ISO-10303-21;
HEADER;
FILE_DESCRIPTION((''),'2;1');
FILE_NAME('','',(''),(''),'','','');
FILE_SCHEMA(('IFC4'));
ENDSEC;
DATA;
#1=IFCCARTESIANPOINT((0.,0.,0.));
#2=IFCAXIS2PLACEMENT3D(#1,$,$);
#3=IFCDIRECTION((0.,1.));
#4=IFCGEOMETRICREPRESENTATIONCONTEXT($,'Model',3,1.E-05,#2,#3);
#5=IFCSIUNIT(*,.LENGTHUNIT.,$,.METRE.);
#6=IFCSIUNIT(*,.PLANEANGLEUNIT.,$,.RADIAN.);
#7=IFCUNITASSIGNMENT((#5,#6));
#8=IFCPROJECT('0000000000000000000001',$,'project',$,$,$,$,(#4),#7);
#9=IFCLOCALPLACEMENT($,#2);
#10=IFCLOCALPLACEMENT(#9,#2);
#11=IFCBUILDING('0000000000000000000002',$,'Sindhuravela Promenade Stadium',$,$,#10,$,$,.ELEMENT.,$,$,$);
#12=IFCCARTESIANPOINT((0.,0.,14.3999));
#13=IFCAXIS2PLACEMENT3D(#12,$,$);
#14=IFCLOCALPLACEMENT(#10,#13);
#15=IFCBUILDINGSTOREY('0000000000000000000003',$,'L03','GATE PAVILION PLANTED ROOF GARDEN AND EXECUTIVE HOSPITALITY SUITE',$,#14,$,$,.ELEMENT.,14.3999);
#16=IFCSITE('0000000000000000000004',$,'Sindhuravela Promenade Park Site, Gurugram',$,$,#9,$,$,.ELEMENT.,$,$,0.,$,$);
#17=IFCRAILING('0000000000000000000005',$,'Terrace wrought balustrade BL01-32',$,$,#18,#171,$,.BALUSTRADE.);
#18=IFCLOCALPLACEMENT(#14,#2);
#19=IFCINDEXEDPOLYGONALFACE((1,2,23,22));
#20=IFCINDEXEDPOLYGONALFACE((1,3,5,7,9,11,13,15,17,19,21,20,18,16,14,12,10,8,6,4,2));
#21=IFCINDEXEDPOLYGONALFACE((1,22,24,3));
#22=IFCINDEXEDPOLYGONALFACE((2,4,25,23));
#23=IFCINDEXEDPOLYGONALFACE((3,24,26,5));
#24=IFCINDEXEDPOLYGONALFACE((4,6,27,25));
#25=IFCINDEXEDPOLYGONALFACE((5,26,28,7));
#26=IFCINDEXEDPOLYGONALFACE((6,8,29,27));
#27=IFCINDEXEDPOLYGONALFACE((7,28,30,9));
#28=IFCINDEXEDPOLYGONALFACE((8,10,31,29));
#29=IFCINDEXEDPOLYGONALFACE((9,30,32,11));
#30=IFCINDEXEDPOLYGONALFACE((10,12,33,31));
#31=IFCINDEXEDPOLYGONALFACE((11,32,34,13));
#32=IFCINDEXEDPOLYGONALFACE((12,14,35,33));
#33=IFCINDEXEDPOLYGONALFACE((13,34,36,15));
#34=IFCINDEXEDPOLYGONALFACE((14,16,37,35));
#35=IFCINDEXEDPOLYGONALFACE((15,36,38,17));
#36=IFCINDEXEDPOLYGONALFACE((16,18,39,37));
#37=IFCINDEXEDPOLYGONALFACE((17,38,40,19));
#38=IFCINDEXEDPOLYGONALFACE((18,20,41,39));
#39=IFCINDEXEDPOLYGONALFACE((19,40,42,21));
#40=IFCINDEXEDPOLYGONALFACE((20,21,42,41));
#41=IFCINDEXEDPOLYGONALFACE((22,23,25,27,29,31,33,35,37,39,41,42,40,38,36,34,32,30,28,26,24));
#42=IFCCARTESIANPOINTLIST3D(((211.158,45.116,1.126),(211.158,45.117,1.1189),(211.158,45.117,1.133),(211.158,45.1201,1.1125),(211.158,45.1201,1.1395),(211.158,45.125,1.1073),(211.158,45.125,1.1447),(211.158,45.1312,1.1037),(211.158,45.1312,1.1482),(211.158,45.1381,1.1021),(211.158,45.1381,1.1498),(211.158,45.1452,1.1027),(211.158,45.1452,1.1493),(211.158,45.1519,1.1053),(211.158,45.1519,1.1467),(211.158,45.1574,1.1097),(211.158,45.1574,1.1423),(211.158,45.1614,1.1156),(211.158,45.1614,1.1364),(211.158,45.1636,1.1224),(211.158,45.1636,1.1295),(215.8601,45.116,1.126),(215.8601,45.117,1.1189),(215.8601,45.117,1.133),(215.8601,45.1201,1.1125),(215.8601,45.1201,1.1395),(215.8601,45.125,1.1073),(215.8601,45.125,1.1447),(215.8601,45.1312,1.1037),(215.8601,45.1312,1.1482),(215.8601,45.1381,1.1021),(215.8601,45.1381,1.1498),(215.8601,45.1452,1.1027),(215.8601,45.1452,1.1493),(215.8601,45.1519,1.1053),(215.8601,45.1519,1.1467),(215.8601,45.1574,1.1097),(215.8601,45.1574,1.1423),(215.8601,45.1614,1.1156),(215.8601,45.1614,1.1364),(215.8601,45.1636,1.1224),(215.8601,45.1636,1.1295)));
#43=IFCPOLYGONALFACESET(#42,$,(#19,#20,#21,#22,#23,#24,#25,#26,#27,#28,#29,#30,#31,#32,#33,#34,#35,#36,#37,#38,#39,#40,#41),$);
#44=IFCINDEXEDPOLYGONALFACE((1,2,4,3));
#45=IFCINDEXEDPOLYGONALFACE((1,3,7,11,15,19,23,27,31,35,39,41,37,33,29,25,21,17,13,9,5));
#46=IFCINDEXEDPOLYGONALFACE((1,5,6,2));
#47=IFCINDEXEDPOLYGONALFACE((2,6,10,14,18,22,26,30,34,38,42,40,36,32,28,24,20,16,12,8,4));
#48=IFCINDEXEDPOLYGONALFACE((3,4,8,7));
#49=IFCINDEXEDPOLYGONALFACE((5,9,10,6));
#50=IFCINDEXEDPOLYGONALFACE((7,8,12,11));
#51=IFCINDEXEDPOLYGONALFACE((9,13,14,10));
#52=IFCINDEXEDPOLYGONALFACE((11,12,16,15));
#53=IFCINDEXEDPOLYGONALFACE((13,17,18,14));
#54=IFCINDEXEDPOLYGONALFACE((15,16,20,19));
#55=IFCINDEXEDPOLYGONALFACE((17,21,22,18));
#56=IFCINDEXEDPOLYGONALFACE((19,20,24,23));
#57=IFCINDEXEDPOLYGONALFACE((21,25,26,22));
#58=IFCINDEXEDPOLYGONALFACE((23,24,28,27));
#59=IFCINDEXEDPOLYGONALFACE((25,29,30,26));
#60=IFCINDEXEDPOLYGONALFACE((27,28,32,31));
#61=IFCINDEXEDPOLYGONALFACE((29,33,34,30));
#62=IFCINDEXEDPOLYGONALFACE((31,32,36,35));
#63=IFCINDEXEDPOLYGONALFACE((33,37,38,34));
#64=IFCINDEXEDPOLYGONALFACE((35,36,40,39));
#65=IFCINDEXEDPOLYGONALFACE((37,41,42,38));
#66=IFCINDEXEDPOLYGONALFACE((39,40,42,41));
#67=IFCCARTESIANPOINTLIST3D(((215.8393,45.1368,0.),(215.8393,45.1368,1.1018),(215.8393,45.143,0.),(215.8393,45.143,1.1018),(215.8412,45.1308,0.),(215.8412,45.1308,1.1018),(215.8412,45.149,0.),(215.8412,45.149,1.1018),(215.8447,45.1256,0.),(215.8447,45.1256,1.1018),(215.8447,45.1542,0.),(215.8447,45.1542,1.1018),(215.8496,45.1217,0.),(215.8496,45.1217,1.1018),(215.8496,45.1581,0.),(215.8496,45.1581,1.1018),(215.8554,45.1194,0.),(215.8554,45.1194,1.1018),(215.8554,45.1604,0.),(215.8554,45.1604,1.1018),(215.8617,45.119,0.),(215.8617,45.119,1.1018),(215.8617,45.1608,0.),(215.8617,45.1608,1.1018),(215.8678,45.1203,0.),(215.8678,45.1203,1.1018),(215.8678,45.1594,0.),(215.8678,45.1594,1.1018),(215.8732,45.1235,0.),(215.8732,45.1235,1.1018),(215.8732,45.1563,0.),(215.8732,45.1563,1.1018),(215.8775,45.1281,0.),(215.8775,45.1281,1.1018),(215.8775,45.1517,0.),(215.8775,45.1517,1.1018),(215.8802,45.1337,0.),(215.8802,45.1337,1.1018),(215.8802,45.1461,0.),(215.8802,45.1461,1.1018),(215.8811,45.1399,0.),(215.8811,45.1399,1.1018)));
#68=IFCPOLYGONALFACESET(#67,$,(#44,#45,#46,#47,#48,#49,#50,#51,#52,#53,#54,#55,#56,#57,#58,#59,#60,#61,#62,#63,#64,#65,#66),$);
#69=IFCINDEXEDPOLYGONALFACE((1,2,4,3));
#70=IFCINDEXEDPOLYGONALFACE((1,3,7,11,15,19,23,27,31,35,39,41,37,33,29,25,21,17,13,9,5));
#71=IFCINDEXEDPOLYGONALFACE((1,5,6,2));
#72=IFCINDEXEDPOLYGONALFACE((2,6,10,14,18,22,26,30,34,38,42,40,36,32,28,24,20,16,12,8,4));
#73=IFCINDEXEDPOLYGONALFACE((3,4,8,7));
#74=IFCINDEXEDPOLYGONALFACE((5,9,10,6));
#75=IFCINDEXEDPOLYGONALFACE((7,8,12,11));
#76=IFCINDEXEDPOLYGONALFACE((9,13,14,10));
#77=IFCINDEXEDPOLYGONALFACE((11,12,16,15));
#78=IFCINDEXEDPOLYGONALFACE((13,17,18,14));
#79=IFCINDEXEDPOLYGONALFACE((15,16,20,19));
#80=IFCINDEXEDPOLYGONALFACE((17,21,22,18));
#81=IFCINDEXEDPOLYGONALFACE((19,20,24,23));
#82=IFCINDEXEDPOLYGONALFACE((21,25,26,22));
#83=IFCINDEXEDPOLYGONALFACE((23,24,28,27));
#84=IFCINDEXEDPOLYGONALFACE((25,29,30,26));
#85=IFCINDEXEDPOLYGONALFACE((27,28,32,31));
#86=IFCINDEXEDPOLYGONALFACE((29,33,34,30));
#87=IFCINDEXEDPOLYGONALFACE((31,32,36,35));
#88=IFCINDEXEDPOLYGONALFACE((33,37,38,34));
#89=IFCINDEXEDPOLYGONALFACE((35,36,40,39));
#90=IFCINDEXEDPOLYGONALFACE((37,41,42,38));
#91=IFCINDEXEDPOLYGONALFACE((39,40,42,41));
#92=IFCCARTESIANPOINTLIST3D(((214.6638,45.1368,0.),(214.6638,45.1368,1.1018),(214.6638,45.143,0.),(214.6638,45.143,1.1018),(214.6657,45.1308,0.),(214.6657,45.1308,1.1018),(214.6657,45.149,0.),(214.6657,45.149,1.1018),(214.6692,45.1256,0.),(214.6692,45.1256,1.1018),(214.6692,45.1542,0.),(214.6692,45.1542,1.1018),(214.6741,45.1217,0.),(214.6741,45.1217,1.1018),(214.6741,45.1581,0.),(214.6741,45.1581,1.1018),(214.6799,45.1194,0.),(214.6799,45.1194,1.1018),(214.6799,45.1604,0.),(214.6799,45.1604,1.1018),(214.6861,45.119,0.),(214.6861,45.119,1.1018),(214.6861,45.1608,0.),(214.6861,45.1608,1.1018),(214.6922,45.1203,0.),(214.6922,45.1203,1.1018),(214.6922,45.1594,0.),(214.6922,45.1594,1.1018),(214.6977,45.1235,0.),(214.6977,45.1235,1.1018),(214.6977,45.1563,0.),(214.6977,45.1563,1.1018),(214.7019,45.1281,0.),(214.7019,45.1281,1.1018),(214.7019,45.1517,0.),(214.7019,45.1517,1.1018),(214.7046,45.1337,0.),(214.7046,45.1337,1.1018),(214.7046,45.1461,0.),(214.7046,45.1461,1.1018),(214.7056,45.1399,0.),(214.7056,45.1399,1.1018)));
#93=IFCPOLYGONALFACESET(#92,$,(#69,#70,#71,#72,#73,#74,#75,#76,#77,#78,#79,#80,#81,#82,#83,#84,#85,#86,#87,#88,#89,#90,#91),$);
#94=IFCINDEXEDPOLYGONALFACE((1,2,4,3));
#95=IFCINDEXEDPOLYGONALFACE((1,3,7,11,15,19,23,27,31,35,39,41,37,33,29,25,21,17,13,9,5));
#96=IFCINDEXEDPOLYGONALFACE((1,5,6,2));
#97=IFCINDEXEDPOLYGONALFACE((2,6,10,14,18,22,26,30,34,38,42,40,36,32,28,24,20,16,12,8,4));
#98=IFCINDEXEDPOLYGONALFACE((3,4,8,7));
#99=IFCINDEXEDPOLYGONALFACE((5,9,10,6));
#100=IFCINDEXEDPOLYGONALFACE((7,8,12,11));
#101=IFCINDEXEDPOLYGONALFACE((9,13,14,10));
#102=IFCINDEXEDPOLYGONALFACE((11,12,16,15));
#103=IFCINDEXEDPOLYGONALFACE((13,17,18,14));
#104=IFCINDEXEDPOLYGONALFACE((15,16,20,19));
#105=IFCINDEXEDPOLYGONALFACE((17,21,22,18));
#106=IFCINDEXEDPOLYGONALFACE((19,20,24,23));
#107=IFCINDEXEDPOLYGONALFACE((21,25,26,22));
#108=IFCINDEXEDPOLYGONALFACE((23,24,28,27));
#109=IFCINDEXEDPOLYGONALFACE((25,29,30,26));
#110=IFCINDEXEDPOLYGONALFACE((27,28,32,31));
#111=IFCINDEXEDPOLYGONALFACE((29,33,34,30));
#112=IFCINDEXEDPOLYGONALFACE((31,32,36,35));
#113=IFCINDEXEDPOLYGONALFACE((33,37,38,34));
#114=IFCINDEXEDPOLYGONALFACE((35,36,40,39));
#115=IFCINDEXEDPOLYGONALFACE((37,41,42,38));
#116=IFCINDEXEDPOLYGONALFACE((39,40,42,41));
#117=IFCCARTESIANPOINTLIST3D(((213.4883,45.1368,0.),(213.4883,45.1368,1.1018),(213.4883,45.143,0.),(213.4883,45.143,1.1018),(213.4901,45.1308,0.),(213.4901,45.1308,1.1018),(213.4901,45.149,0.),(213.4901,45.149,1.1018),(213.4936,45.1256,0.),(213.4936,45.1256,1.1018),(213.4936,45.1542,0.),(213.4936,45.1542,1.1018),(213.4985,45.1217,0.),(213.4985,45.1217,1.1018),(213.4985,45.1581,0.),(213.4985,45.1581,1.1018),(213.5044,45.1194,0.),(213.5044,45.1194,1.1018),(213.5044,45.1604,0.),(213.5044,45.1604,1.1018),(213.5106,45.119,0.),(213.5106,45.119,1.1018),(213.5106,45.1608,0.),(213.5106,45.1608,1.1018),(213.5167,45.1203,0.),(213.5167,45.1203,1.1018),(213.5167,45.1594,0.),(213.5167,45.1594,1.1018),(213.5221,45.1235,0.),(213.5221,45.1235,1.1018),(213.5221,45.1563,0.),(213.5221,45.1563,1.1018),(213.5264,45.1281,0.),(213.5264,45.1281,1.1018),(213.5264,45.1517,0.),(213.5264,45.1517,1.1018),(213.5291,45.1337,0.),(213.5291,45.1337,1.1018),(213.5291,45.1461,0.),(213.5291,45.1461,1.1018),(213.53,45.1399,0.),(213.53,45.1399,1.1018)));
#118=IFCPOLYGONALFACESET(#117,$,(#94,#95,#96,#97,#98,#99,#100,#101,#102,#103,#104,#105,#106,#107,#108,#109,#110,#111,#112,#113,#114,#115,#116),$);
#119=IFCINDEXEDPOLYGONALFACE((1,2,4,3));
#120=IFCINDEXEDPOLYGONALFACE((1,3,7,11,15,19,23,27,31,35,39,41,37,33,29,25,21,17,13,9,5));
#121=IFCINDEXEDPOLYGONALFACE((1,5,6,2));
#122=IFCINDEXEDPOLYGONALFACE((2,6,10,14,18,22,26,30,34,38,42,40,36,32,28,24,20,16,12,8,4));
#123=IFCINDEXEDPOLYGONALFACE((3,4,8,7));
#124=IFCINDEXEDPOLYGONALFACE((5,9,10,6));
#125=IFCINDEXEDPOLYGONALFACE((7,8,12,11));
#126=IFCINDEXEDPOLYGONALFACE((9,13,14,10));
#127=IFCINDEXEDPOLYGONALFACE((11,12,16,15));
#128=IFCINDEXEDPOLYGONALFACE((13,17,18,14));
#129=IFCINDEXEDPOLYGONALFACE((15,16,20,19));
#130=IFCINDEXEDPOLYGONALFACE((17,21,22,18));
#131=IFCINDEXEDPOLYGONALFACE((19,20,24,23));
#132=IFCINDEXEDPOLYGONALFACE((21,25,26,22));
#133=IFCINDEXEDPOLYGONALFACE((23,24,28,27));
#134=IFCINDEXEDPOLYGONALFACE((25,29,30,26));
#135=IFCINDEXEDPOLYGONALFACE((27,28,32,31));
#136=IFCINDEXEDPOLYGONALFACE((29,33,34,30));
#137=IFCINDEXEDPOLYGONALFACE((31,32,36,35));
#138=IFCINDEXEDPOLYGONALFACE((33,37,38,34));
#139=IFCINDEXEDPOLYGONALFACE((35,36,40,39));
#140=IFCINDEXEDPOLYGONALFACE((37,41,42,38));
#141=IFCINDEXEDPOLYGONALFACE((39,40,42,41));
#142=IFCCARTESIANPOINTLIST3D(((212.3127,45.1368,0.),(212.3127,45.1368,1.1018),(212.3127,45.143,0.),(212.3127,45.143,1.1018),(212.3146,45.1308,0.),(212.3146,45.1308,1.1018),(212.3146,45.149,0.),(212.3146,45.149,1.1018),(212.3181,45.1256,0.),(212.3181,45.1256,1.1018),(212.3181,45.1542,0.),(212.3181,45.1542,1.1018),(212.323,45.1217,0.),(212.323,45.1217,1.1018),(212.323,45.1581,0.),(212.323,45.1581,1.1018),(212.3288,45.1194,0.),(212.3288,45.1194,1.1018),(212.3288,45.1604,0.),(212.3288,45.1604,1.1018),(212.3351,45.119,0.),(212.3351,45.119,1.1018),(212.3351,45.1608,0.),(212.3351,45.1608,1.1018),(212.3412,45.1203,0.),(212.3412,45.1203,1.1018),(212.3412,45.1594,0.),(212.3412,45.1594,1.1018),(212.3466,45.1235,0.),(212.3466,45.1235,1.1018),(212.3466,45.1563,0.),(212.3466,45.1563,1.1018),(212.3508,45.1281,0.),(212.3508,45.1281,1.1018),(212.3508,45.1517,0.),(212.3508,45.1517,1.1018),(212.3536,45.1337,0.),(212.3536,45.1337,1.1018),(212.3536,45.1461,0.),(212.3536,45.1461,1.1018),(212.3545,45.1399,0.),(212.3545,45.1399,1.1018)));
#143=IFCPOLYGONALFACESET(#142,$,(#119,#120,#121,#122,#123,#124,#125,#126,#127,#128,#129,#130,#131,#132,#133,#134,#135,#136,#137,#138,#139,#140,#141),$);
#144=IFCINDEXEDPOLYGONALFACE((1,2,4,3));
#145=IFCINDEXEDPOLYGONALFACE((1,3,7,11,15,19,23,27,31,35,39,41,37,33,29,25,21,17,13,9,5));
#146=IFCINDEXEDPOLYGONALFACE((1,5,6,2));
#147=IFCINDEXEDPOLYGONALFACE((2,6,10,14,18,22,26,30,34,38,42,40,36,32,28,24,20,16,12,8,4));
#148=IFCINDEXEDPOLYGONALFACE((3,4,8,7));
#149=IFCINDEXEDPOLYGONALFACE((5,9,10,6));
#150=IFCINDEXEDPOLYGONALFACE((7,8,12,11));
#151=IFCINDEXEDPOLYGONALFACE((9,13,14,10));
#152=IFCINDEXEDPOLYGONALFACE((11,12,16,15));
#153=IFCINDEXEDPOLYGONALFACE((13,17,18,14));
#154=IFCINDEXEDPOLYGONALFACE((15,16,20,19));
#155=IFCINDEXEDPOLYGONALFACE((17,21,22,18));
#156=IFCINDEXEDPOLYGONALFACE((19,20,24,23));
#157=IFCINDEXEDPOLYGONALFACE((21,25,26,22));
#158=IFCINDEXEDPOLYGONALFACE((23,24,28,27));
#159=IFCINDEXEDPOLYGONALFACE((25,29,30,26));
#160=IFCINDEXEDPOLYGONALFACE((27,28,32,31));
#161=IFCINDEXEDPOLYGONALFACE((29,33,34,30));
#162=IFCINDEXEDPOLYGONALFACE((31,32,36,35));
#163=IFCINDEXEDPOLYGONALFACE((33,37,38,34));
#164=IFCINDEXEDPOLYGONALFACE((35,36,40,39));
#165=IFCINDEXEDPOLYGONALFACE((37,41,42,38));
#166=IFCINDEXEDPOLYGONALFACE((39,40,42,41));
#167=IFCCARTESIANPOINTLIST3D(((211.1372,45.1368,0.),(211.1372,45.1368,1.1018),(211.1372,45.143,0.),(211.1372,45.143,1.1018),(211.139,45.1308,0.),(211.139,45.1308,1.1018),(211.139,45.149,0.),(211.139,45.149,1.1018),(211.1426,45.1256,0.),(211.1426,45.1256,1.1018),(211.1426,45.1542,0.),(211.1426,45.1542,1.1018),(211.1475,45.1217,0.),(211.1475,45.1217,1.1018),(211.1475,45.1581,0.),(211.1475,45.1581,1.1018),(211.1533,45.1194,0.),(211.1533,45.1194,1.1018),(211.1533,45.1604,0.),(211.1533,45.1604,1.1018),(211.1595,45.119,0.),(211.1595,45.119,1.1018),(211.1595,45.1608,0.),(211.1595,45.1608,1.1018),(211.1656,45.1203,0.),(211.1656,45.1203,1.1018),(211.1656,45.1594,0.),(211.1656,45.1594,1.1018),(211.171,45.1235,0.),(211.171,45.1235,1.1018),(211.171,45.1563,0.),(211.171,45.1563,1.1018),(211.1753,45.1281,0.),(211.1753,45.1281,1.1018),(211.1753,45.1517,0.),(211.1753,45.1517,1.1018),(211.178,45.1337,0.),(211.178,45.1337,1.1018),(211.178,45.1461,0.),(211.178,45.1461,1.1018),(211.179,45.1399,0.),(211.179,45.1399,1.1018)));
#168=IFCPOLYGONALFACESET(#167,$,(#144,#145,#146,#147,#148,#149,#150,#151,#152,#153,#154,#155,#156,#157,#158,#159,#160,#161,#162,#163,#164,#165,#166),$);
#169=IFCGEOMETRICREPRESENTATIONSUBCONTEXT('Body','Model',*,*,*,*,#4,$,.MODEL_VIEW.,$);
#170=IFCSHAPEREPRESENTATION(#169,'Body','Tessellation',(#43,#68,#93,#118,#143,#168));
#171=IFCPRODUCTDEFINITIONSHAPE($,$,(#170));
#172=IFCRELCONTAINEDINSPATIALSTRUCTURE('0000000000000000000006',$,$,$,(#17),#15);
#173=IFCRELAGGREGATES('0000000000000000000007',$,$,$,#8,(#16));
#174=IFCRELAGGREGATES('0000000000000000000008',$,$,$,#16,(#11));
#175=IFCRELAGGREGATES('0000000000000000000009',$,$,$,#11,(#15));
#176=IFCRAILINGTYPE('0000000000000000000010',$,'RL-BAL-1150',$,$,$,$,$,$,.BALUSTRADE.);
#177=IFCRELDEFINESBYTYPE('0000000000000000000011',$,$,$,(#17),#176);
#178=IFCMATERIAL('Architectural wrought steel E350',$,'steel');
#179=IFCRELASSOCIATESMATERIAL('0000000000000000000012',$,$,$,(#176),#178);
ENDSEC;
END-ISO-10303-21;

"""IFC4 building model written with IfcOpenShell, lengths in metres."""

from ifc_helpers import new_model, si_unit, direction, frame, origin, origin_2d, place, context, subcontext, project, spatial, circle, extrude, material, type_object, element, save


model = new_model("IFC4")

# Units and contexts
model_context = context("Model", 3, precision=1e-05, world=origin(), true_north=direction((0.0, 1.0)))
body_context = subcontext(model_context, "Body", "Model", "MODEL_VIEW")
ifc_project = project(units=[si_unit("LENGTHUNIT", "METRE"), si_unit("PLANEANGLEUNIT", "RADIAN")], contexts=[model_context])

# Site, building, storey
site_placement = place(None, origin())
site = spatial("IfcSite", under=ifc_project, at=site_placement, Name="Sindhuravela Promenade Park Site, Gurugram", CompositionType="ELEMENT", RefElevation=0.0)
building_placement = place(site_placement, origin())
building = spatial("IfcBuilding", under=site, at=building_placement, Name="Sindhuravela Promenade Stadium", CompositionType="ELEMENT")
storey_placement = place(building_placement, frame((0.0, 0.0, 14.3999)))
storey = spatial("IfcBuildingStorey", under=building, at=storey_placement, Name="L03", Description="GATE PAVILION PLANTED ROOF GARDEN AND EXECUTIVE HOSPITALITY SUITE", CompositionType="ELEMENT", Elevation=14.3999)

# Railing
ifc_material_1 = material(Name="Architectural wrought steel E350", Category="steel")
railing_type = type_object("IfcRailingType", Name="RL-BAL-1150", PredefinedType="BALUSTRADE", material=ifc_material_1)
railing_1_placement = place(storey_placement, frame((215.8601, 45.1399, 0.0)))
element("IfcRailing", 1, at=railing_1_placement, inside=storey, type_object=railing_type, Name="Terrace wrought balustrade BL01-32", PredefinedType="BALUSTRADE", context=body_context, shape_type="SweptSolid", body=[
    extrude(circle(Radius=0.0239, at=origin_2d()), frame((0.0, 0.0, 1.126), z_axis=(-1.0, 0.0, 0.0), x_axis=(0.0, -1.0, 0.0)), (0.0, 0.0, 1.0), 4.7021),
    extrude(circle(Radius=0.021, at=origin_2d()), origin(), (0.0, 0.0, 1.0), 1.1018),
    extrude(circle(Radius=0.021, at=origin_2d()), frame((-1.1755, 0.0, 0.0)), (0.0, 0.0, 1.0), 1.1018),
    extrude(circle(Radius=0.021, at=origin_2d()), frame((-2.3511, 0.0, 0.0)), (0.0, 0.0, 1.0), 1.1018),
    extrude(circle(Radius=0.021, at=origin_2d()), frame((-3.5266, 0.0, 0.0)), (0.0, 0.0, 1.0), 1.1018),
    extrude(circle(Radius=0.021, at=origin_2d()), frame((-4.7021, 0.0, 0.0)), (0.0, 0.0, 1.0), 1.1018),
])

save(model, "model.ifc")
